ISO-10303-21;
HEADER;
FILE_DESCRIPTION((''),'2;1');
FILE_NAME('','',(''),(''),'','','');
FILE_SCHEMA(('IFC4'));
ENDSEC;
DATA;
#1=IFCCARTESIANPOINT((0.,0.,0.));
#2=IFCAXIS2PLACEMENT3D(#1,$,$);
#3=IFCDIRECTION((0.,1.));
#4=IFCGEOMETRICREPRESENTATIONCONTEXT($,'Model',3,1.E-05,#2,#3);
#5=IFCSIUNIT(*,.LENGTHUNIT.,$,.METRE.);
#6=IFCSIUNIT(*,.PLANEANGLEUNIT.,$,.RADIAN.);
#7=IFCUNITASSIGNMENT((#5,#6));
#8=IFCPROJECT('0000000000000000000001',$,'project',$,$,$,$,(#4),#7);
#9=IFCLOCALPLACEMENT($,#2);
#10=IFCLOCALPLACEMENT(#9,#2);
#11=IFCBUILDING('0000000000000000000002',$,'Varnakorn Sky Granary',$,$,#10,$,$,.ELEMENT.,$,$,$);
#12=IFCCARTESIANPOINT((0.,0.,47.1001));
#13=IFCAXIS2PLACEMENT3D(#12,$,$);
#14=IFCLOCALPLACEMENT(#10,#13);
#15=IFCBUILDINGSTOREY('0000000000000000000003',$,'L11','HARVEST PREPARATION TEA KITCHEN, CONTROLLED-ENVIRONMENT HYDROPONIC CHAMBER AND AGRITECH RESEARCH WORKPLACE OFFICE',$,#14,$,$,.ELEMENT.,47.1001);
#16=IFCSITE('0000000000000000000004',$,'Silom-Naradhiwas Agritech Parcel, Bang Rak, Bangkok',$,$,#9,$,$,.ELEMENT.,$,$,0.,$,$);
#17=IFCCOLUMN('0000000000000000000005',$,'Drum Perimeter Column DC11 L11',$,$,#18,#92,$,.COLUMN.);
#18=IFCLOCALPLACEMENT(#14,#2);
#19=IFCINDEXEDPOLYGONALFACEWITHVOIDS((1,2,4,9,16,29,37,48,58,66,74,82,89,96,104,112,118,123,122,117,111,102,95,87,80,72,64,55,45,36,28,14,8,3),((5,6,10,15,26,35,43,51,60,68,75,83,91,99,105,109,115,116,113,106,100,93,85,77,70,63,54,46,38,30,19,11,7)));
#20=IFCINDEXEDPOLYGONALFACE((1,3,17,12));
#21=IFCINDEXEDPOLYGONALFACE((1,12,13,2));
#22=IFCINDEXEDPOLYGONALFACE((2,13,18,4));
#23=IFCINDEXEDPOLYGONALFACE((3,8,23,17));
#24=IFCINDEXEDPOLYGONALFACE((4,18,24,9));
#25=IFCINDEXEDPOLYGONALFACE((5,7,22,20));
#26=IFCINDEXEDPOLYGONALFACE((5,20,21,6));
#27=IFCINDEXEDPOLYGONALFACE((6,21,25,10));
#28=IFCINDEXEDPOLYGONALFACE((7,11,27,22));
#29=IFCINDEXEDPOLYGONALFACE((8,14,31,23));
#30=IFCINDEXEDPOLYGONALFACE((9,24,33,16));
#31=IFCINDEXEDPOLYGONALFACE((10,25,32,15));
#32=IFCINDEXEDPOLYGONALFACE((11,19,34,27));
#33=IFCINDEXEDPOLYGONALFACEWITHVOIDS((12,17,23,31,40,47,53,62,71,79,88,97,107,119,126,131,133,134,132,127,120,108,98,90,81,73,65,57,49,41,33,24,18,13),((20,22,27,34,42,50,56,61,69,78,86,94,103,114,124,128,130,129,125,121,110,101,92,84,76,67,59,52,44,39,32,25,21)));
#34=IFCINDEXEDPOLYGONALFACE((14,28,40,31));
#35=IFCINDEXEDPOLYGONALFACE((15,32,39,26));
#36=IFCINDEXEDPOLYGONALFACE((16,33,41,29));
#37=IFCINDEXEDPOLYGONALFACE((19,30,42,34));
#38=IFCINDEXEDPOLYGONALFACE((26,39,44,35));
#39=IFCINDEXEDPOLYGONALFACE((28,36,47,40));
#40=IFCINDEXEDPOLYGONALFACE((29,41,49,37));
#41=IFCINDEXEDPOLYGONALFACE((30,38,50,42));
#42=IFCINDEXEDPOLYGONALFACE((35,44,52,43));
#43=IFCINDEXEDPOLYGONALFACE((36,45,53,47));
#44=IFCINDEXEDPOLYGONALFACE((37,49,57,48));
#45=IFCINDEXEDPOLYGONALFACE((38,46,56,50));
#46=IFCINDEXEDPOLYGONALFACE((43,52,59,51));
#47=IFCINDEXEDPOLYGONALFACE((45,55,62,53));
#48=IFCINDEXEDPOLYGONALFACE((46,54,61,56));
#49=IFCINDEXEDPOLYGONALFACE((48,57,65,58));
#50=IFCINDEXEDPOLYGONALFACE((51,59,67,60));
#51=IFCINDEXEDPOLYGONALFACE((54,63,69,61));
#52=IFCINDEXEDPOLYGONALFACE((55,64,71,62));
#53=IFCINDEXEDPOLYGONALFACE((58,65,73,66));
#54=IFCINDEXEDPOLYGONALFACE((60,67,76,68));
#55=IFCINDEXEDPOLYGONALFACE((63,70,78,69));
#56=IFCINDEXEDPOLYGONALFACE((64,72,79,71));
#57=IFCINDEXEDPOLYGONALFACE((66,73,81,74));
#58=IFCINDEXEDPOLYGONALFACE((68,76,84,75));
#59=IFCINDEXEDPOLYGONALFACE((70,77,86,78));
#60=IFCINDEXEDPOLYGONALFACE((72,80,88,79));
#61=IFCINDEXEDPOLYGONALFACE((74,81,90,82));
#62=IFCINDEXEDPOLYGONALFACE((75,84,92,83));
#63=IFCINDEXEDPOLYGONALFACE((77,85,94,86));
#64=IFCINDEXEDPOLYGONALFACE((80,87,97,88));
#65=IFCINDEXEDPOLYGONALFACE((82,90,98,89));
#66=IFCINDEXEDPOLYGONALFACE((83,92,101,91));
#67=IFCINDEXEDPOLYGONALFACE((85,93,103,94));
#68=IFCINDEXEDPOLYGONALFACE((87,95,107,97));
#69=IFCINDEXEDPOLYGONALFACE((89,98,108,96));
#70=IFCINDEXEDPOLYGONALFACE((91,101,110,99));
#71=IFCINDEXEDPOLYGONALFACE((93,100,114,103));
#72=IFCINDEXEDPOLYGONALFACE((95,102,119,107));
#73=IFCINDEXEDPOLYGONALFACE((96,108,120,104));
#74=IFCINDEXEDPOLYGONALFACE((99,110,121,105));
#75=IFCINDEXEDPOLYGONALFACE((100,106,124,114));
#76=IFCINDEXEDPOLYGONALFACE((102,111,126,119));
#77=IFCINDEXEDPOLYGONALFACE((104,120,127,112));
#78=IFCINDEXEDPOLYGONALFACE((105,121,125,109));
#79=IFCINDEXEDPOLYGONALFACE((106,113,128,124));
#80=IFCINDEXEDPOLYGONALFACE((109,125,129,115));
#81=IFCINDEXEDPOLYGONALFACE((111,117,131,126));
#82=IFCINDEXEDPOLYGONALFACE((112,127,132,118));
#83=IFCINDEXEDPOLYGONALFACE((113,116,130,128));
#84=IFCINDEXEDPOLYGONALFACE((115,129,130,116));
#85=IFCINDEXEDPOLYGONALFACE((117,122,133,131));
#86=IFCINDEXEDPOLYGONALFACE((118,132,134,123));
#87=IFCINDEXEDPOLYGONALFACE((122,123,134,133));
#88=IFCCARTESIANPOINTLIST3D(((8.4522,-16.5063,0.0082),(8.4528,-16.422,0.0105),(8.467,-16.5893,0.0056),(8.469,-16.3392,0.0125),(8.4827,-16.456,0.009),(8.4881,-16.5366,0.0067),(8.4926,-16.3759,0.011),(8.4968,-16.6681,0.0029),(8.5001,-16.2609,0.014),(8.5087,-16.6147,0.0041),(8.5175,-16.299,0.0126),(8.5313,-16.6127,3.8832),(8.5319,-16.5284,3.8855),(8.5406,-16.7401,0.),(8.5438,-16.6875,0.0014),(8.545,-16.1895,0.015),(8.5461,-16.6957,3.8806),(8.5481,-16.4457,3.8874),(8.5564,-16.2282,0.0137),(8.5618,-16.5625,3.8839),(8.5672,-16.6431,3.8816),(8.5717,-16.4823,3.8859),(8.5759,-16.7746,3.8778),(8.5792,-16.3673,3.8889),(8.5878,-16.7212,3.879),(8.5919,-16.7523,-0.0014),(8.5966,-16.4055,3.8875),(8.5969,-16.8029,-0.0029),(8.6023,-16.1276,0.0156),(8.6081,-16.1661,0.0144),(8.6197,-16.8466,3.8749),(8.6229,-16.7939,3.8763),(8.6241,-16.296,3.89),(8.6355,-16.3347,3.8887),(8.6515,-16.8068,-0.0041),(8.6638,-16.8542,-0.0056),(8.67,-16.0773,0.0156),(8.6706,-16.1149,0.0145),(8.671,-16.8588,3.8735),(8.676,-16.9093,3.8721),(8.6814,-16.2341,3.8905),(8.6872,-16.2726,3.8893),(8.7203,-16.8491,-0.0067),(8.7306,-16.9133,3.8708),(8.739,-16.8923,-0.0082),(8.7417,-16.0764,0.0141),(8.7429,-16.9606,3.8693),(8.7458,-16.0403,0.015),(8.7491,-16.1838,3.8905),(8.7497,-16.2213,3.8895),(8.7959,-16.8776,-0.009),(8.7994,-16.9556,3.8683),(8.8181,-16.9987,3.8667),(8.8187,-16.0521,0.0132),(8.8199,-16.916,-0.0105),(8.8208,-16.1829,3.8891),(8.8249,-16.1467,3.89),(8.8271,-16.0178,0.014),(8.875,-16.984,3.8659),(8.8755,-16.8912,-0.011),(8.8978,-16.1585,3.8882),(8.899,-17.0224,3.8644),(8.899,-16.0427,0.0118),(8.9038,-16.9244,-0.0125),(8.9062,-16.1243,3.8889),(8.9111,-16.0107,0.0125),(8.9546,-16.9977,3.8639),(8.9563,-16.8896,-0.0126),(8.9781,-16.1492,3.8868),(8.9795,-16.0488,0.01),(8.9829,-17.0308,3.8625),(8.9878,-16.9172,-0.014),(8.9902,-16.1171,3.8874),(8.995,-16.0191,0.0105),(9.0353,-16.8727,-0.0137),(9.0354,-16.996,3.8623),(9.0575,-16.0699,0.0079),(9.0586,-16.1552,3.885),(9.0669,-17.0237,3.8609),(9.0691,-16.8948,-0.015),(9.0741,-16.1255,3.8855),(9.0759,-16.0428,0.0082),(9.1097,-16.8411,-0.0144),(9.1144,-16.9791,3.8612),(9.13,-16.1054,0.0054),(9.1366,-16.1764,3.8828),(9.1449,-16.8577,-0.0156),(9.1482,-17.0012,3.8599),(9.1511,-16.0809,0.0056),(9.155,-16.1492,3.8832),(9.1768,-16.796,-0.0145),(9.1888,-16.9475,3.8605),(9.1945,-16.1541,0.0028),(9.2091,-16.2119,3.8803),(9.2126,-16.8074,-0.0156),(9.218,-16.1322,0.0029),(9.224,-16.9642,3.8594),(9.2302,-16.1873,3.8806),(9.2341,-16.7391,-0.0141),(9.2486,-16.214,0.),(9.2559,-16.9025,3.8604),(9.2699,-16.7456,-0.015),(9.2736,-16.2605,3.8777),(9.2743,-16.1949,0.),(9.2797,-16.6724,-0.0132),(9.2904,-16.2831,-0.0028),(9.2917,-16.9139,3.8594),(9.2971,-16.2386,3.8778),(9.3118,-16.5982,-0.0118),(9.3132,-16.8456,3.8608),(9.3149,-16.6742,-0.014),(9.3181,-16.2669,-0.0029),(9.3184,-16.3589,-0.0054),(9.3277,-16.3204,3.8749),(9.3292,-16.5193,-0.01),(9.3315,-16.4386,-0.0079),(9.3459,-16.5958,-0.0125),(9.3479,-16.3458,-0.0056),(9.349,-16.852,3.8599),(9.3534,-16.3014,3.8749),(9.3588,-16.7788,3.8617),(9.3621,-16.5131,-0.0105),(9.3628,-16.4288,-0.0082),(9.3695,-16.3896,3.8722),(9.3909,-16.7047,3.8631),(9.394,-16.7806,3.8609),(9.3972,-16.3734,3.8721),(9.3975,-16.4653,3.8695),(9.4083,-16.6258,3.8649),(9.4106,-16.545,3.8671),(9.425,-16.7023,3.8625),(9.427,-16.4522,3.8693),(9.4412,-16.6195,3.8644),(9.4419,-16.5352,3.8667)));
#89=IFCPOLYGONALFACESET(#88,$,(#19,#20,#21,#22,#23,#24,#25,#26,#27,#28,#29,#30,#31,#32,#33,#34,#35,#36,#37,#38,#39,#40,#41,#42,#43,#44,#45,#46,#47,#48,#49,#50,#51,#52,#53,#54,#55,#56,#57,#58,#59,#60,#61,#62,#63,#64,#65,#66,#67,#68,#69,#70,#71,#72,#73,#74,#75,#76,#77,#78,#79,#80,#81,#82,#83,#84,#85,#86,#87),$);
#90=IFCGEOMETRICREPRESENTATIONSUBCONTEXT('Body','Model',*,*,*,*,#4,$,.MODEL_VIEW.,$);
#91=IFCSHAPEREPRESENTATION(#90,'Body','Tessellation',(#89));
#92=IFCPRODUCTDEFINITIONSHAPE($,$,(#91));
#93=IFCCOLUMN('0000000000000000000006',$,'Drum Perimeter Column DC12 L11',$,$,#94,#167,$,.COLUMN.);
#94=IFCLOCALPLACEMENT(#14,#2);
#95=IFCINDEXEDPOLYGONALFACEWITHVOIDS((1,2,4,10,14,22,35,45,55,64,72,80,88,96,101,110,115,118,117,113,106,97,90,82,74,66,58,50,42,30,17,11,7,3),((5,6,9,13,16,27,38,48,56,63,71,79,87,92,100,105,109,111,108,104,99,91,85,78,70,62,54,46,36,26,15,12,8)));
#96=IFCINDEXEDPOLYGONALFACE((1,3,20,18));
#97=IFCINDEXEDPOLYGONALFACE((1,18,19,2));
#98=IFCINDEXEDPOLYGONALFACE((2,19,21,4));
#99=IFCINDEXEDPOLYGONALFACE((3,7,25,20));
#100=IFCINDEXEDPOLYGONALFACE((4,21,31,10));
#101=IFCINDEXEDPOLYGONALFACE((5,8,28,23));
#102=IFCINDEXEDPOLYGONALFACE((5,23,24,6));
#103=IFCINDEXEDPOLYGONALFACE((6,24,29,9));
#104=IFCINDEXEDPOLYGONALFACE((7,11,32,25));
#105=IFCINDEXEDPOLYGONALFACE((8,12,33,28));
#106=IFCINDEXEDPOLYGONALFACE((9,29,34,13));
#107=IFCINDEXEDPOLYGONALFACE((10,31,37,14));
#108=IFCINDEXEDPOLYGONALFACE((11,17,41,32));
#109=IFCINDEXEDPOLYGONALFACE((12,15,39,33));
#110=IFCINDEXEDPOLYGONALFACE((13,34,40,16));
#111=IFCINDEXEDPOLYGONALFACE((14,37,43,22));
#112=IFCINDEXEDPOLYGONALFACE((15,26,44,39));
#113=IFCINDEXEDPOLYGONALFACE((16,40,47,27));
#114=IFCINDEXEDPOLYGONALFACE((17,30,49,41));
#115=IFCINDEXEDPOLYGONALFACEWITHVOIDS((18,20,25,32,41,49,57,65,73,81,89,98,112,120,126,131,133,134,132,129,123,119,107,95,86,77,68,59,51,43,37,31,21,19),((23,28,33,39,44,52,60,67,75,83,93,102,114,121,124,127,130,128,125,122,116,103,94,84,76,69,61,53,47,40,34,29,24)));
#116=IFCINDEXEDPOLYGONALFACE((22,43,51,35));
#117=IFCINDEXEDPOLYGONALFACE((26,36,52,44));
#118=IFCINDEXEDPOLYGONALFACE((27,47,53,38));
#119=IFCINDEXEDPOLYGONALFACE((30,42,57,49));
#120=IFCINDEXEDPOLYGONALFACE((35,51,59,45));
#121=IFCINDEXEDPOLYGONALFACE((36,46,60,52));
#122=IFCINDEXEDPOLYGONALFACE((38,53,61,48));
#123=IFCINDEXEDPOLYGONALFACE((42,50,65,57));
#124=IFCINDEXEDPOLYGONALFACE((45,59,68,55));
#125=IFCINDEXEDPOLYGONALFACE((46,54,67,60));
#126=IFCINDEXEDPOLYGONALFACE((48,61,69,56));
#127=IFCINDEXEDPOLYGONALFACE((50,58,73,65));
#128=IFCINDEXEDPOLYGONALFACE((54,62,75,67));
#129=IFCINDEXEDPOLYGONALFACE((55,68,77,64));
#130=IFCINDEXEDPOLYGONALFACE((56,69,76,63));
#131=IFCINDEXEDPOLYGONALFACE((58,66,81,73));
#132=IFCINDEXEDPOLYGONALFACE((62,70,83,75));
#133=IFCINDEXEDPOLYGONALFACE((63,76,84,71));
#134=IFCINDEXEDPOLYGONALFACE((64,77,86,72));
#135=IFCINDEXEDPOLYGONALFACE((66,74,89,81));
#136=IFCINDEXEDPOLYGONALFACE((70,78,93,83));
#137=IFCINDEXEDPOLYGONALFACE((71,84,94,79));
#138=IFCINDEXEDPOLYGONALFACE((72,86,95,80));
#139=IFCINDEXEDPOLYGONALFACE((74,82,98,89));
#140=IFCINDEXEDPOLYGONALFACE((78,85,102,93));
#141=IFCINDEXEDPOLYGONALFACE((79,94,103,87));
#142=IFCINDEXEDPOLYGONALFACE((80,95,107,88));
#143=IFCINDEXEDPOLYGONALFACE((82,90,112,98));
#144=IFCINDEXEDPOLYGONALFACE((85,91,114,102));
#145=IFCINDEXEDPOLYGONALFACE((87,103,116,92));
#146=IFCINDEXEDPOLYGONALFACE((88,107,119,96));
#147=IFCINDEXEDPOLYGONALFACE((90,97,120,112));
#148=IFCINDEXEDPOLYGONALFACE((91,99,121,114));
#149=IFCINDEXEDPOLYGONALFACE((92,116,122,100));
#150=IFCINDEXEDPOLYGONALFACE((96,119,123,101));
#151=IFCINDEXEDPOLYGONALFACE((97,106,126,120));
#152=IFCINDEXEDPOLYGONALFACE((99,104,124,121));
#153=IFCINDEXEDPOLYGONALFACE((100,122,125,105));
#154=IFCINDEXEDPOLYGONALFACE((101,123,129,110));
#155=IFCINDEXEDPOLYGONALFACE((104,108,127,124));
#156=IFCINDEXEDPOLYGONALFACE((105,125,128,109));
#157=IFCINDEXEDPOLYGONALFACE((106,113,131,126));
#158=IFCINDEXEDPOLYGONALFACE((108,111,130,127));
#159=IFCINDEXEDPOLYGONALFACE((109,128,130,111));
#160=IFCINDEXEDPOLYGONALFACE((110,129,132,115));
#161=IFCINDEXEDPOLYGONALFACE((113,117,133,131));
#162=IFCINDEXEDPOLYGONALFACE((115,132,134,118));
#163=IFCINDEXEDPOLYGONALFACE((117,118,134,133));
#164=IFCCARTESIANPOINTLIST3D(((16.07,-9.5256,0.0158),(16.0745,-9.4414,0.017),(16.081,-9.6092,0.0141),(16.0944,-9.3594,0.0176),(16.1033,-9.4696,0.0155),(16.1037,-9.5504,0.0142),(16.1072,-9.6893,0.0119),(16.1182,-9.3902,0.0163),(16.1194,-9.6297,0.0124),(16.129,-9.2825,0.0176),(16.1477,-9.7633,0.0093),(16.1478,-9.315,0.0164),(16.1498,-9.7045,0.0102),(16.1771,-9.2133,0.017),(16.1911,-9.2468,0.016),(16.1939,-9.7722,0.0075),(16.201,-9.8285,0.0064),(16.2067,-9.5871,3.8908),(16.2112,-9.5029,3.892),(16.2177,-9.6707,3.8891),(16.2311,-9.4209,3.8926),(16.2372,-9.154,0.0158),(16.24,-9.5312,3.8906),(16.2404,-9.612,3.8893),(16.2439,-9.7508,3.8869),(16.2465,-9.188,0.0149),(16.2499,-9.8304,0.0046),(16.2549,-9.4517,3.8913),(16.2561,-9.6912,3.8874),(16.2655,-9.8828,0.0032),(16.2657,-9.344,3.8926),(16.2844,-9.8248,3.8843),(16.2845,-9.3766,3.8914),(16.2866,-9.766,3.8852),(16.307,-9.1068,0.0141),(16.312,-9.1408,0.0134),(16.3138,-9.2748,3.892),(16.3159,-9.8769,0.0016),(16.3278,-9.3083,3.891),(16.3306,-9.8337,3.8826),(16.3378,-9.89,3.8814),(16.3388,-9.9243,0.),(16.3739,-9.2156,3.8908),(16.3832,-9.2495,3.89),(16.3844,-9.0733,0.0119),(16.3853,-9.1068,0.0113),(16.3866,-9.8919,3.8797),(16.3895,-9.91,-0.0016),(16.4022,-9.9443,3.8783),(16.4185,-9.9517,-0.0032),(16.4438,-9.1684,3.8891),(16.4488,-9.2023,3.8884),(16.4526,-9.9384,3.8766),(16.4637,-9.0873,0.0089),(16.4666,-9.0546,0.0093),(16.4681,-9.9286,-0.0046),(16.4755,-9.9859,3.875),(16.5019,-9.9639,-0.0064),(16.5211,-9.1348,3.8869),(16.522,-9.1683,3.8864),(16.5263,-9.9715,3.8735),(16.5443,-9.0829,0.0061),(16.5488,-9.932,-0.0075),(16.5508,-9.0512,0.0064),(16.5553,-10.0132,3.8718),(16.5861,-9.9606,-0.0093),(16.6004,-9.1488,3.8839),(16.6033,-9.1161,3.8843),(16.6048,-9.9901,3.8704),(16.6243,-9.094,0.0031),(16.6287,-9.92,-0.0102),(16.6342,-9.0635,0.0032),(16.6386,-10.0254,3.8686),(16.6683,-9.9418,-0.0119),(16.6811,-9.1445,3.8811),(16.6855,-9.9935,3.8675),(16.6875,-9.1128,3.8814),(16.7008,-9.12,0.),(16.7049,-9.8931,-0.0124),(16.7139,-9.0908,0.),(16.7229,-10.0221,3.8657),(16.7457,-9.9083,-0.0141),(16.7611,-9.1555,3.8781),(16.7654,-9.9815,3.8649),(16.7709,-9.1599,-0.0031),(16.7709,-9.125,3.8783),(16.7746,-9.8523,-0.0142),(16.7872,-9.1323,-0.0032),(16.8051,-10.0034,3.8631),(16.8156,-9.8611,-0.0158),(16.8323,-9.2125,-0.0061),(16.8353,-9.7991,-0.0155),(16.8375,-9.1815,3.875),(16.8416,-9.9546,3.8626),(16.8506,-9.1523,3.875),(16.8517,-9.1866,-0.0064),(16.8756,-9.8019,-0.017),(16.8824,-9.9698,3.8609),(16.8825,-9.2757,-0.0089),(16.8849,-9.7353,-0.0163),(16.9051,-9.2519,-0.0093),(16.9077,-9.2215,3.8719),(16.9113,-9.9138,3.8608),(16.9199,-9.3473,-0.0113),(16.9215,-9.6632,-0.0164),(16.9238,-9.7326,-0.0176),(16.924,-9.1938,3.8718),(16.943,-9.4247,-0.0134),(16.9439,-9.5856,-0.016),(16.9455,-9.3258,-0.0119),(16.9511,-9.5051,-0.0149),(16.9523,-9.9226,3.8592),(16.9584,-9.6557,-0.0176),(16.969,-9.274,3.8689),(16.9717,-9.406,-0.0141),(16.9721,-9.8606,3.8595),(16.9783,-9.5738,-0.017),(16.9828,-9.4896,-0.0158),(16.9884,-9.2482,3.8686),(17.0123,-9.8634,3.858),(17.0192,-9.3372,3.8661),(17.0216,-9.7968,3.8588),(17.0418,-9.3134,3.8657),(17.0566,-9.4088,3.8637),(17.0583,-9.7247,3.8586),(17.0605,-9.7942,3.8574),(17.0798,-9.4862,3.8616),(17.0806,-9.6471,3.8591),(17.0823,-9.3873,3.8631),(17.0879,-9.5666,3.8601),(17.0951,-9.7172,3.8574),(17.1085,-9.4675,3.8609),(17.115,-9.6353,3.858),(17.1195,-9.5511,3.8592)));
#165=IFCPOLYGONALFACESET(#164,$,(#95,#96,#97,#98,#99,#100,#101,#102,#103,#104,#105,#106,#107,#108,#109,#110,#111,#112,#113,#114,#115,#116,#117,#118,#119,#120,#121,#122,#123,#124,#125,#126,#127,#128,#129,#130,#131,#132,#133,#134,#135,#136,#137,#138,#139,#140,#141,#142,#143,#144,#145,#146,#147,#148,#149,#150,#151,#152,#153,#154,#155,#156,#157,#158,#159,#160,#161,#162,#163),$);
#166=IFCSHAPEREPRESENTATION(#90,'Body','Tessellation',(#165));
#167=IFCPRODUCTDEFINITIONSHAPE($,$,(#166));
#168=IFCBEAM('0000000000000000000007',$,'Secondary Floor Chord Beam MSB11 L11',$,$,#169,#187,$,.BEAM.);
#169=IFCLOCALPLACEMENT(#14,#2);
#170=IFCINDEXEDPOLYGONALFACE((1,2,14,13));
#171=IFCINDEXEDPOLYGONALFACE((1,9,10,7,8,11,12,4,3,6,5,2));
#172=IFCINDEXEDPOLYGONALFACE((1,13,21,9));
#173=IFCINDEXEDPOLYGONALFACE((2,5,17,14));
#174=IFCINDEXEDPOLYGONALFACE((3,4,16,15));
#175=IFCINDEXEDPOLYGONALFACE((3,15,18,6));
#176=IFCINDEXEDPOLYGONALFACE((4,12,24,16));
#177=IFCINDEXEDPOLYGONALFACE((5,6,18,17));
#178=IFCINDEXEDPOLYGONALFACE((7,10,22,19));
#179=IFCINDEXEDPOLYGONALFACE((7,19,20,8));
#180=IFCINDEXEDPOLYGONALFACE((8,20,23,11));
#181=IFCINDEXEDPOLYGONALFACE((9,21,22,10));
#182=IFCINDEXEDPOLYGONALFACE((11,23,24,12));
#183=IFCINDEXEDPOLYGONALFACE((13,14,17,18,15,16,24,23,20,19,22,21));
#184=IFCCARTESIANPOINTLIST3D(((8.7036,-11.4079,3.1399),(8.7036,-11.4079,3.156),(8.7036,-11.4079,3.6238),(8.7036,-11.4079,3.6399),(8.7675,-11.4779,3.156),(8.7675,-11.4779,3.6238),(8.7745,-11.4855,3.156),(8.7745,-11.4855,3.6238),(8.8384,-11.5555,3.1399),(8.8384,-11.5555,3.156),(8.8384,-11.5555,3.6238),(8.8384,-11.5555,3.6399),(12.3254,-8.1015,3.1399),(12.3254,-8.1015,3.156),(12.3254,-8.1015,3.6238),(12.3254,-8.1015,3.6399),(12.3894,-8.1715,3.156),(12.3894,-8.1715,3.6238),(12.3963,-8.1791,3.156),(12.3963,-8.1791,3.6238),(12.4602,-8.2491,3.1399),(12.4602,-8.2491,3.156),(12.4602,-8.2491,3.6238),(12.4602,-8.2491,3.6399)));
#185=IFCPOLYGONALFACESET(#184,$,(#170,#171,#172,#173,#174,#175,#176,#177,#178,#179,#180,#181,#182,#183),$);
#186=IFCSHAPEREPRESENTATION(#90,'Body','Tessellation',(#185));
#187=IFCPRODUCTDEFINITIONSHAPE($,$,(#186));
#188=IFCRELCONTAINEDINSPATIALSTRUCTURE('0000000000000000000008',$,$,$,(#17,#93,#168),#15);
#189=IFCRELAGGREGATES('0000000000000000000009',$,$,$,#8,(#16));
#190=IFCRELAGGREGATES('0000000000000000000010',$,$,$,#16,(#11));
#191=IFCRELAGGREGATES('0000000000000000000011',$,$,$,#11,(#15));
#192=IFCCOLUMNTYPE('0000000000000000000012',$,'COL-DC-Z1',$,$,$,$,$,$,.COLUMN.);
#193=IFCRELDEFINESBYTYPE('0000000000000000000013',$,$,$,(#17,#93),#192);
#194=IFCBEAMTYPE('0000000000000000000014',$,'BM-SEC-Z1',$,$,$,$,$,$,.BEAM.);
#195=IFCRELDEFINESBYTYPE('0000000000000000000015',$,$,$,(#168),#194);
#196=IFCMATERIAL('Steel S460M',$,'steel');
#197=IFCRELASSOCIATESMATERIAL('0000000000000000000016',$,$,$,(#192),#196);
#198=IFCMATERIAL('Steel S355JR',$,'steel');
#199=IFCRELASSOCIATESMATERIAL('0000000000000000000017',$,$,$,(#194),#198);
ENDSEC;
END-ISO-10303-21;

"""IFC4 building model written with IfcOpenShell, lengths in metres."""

from ifc_helpers import new_model, si_unit, direction, frame, origin, origin_2d, place, context, subcontext, project, spatial, hollow_circle, i_section, extrude, material, material_profile, profile_set, type_object, element, save


model = new_model("IFC4")

# Units and contexts
model_context = context("Model", 3, precision=1e-05, world=origin(), true_north=direction((0.0, 1.0)))
body_context = subcontext(model_context, "Body", "Model", "MODEL_VIEW")
ifc_project = project(units=[si_unit("LENGTHUNIT", "METRE"), si_unit("PLANEANGLEUNIT", "RADIAN")], contexts=[model_context])

# Site, building, storey
site_placement = place(None, origin())
site = spatial("IfcSite", under=ifc_project, at=site_placement, Name="Silom-Naradhiwas Agritech Parcel, Bang Rak, Bangkok", CompositionType="ELEMENT", RefElevation=0.0)
building_placement = place(site_placement, origin())
building = spatial("IfcBuilding", under=site, at=building_placement, Name="Varnakorn Sky Granary", CompositionType="ELEMENT")
storey_placement = place(building_placement, frame((0.0, 0.0, 47.1001)))
storey = spatial("IfcBuildingStorey", under=building, at=storey_placement, Name="L11", Description="HARVEST PREPARATION TEA KITCHEN, CONTROLLED-ENVIRONMENT HYDROPONIC CHAMBER AND AGRITECH RESEARCH WORKPLACE OFFICE", CompositionType="ELEMENT", Elevation=47.1001)

# Columns
ifc_material_1 = material(Name="Steel S460M", Category="steel")
ifc_material_profile_1 = material_profile(ifc_material_1, hollow_circle(Radius=0.457, WallThickness=0.032, at=origin_2d()), Name="CHS 914x32")
ifc_profile_set_1 = profile_set([ifc_material_profile_1], Name="Steel S460M")
column_type = type_object("IfcColumnType", Name="COL-DC-Z1", PredefinedType="COLUMN", material=ifc_profile_set_1)
column_1_placement = place(storey_placement, frame((8.9075, -16.4675, 0.0), z_axis=(0.020401, -0.027454, 0.999415), x_axis=(0.802643, 0.59646, 0.0)))
element("IfcColumn", 1, at=column_1_placement, inside=storey, type_object=column_type, Name="Drum Perimeter Column DC11 L11", PredefinedType="COLUMN", context=body_context, shape_type="SweptSolid", body=[
    extrude(hollow_circle(Radius=0.457, WallThickness=0.032, at=origin_2d()), origin(), (0.0, 0.0, 1.0), 3.8772),
])
column_2_placement = place(storey_placement, frame((16.5264, -9.5076, 0.0), z_axis=(0.035256, -0.015865, 0.999252), x_axis=(0.410365, 0.911922, 0.0)))
element("IfcColumn", 2, at=column_2_placement, inside=storey, type_object=column_type, Name="Drum Perimeter Column DC12 L11", PredefinedType="COLUMN", context=body_context, shape_type="SweptSolid", body=[
    extrude(hollow_circle(Radius=0.457, WallThickness=0.032, at=origin_2d()), origin(), (0.0, 0.0, 1.0), 3.8779),
])

# Beam
ifc_material_2 = material(Name="Steel S355JR", Category="steel")
ifc_material_profile_2 = material_profile(ifc_material_2, i_section(OverallWidth=0.2, OverallDepth=0.5, WebThickness=0.0103, FlangeThickness=0.0161, at=origin_2d()), Name="IPE 500")
ifc_profile_set_2 = profile_set([ifc_material_profile_2], Name="Steel S355JR")
beam_type_1 = type_object("IfcBeamType", Name="BM-SEC-Z1", PredefinedType="BEAM", material=ifc_profile_set_2)
beam_1_placement = place(storey_placement, frame((8.771, -11.4817, 3.3899), z_axis=(0.738535, 0.674215, 0.0), x_axis=(-0.674215, 0.738535, 0.0)))
element("IfcBeam", 3, at=beam_1_placement, inside=storey, type_object=beam_type_1, Name="Secondary Floor Chord Beam MSB11 L11", PredefinedType="BEAM", context=body_context, shape_type="SweptSolid", body=[
    extrude(i_section(OverallWidth=0.2, OverallDepth=0.5, WebThickness=0.0103, FlangeThickness=0.0161, at=origin_2d()), origin(), (0.0, 0.0, 1.0), 4.9041),
])

save(model, "model.ifc")
